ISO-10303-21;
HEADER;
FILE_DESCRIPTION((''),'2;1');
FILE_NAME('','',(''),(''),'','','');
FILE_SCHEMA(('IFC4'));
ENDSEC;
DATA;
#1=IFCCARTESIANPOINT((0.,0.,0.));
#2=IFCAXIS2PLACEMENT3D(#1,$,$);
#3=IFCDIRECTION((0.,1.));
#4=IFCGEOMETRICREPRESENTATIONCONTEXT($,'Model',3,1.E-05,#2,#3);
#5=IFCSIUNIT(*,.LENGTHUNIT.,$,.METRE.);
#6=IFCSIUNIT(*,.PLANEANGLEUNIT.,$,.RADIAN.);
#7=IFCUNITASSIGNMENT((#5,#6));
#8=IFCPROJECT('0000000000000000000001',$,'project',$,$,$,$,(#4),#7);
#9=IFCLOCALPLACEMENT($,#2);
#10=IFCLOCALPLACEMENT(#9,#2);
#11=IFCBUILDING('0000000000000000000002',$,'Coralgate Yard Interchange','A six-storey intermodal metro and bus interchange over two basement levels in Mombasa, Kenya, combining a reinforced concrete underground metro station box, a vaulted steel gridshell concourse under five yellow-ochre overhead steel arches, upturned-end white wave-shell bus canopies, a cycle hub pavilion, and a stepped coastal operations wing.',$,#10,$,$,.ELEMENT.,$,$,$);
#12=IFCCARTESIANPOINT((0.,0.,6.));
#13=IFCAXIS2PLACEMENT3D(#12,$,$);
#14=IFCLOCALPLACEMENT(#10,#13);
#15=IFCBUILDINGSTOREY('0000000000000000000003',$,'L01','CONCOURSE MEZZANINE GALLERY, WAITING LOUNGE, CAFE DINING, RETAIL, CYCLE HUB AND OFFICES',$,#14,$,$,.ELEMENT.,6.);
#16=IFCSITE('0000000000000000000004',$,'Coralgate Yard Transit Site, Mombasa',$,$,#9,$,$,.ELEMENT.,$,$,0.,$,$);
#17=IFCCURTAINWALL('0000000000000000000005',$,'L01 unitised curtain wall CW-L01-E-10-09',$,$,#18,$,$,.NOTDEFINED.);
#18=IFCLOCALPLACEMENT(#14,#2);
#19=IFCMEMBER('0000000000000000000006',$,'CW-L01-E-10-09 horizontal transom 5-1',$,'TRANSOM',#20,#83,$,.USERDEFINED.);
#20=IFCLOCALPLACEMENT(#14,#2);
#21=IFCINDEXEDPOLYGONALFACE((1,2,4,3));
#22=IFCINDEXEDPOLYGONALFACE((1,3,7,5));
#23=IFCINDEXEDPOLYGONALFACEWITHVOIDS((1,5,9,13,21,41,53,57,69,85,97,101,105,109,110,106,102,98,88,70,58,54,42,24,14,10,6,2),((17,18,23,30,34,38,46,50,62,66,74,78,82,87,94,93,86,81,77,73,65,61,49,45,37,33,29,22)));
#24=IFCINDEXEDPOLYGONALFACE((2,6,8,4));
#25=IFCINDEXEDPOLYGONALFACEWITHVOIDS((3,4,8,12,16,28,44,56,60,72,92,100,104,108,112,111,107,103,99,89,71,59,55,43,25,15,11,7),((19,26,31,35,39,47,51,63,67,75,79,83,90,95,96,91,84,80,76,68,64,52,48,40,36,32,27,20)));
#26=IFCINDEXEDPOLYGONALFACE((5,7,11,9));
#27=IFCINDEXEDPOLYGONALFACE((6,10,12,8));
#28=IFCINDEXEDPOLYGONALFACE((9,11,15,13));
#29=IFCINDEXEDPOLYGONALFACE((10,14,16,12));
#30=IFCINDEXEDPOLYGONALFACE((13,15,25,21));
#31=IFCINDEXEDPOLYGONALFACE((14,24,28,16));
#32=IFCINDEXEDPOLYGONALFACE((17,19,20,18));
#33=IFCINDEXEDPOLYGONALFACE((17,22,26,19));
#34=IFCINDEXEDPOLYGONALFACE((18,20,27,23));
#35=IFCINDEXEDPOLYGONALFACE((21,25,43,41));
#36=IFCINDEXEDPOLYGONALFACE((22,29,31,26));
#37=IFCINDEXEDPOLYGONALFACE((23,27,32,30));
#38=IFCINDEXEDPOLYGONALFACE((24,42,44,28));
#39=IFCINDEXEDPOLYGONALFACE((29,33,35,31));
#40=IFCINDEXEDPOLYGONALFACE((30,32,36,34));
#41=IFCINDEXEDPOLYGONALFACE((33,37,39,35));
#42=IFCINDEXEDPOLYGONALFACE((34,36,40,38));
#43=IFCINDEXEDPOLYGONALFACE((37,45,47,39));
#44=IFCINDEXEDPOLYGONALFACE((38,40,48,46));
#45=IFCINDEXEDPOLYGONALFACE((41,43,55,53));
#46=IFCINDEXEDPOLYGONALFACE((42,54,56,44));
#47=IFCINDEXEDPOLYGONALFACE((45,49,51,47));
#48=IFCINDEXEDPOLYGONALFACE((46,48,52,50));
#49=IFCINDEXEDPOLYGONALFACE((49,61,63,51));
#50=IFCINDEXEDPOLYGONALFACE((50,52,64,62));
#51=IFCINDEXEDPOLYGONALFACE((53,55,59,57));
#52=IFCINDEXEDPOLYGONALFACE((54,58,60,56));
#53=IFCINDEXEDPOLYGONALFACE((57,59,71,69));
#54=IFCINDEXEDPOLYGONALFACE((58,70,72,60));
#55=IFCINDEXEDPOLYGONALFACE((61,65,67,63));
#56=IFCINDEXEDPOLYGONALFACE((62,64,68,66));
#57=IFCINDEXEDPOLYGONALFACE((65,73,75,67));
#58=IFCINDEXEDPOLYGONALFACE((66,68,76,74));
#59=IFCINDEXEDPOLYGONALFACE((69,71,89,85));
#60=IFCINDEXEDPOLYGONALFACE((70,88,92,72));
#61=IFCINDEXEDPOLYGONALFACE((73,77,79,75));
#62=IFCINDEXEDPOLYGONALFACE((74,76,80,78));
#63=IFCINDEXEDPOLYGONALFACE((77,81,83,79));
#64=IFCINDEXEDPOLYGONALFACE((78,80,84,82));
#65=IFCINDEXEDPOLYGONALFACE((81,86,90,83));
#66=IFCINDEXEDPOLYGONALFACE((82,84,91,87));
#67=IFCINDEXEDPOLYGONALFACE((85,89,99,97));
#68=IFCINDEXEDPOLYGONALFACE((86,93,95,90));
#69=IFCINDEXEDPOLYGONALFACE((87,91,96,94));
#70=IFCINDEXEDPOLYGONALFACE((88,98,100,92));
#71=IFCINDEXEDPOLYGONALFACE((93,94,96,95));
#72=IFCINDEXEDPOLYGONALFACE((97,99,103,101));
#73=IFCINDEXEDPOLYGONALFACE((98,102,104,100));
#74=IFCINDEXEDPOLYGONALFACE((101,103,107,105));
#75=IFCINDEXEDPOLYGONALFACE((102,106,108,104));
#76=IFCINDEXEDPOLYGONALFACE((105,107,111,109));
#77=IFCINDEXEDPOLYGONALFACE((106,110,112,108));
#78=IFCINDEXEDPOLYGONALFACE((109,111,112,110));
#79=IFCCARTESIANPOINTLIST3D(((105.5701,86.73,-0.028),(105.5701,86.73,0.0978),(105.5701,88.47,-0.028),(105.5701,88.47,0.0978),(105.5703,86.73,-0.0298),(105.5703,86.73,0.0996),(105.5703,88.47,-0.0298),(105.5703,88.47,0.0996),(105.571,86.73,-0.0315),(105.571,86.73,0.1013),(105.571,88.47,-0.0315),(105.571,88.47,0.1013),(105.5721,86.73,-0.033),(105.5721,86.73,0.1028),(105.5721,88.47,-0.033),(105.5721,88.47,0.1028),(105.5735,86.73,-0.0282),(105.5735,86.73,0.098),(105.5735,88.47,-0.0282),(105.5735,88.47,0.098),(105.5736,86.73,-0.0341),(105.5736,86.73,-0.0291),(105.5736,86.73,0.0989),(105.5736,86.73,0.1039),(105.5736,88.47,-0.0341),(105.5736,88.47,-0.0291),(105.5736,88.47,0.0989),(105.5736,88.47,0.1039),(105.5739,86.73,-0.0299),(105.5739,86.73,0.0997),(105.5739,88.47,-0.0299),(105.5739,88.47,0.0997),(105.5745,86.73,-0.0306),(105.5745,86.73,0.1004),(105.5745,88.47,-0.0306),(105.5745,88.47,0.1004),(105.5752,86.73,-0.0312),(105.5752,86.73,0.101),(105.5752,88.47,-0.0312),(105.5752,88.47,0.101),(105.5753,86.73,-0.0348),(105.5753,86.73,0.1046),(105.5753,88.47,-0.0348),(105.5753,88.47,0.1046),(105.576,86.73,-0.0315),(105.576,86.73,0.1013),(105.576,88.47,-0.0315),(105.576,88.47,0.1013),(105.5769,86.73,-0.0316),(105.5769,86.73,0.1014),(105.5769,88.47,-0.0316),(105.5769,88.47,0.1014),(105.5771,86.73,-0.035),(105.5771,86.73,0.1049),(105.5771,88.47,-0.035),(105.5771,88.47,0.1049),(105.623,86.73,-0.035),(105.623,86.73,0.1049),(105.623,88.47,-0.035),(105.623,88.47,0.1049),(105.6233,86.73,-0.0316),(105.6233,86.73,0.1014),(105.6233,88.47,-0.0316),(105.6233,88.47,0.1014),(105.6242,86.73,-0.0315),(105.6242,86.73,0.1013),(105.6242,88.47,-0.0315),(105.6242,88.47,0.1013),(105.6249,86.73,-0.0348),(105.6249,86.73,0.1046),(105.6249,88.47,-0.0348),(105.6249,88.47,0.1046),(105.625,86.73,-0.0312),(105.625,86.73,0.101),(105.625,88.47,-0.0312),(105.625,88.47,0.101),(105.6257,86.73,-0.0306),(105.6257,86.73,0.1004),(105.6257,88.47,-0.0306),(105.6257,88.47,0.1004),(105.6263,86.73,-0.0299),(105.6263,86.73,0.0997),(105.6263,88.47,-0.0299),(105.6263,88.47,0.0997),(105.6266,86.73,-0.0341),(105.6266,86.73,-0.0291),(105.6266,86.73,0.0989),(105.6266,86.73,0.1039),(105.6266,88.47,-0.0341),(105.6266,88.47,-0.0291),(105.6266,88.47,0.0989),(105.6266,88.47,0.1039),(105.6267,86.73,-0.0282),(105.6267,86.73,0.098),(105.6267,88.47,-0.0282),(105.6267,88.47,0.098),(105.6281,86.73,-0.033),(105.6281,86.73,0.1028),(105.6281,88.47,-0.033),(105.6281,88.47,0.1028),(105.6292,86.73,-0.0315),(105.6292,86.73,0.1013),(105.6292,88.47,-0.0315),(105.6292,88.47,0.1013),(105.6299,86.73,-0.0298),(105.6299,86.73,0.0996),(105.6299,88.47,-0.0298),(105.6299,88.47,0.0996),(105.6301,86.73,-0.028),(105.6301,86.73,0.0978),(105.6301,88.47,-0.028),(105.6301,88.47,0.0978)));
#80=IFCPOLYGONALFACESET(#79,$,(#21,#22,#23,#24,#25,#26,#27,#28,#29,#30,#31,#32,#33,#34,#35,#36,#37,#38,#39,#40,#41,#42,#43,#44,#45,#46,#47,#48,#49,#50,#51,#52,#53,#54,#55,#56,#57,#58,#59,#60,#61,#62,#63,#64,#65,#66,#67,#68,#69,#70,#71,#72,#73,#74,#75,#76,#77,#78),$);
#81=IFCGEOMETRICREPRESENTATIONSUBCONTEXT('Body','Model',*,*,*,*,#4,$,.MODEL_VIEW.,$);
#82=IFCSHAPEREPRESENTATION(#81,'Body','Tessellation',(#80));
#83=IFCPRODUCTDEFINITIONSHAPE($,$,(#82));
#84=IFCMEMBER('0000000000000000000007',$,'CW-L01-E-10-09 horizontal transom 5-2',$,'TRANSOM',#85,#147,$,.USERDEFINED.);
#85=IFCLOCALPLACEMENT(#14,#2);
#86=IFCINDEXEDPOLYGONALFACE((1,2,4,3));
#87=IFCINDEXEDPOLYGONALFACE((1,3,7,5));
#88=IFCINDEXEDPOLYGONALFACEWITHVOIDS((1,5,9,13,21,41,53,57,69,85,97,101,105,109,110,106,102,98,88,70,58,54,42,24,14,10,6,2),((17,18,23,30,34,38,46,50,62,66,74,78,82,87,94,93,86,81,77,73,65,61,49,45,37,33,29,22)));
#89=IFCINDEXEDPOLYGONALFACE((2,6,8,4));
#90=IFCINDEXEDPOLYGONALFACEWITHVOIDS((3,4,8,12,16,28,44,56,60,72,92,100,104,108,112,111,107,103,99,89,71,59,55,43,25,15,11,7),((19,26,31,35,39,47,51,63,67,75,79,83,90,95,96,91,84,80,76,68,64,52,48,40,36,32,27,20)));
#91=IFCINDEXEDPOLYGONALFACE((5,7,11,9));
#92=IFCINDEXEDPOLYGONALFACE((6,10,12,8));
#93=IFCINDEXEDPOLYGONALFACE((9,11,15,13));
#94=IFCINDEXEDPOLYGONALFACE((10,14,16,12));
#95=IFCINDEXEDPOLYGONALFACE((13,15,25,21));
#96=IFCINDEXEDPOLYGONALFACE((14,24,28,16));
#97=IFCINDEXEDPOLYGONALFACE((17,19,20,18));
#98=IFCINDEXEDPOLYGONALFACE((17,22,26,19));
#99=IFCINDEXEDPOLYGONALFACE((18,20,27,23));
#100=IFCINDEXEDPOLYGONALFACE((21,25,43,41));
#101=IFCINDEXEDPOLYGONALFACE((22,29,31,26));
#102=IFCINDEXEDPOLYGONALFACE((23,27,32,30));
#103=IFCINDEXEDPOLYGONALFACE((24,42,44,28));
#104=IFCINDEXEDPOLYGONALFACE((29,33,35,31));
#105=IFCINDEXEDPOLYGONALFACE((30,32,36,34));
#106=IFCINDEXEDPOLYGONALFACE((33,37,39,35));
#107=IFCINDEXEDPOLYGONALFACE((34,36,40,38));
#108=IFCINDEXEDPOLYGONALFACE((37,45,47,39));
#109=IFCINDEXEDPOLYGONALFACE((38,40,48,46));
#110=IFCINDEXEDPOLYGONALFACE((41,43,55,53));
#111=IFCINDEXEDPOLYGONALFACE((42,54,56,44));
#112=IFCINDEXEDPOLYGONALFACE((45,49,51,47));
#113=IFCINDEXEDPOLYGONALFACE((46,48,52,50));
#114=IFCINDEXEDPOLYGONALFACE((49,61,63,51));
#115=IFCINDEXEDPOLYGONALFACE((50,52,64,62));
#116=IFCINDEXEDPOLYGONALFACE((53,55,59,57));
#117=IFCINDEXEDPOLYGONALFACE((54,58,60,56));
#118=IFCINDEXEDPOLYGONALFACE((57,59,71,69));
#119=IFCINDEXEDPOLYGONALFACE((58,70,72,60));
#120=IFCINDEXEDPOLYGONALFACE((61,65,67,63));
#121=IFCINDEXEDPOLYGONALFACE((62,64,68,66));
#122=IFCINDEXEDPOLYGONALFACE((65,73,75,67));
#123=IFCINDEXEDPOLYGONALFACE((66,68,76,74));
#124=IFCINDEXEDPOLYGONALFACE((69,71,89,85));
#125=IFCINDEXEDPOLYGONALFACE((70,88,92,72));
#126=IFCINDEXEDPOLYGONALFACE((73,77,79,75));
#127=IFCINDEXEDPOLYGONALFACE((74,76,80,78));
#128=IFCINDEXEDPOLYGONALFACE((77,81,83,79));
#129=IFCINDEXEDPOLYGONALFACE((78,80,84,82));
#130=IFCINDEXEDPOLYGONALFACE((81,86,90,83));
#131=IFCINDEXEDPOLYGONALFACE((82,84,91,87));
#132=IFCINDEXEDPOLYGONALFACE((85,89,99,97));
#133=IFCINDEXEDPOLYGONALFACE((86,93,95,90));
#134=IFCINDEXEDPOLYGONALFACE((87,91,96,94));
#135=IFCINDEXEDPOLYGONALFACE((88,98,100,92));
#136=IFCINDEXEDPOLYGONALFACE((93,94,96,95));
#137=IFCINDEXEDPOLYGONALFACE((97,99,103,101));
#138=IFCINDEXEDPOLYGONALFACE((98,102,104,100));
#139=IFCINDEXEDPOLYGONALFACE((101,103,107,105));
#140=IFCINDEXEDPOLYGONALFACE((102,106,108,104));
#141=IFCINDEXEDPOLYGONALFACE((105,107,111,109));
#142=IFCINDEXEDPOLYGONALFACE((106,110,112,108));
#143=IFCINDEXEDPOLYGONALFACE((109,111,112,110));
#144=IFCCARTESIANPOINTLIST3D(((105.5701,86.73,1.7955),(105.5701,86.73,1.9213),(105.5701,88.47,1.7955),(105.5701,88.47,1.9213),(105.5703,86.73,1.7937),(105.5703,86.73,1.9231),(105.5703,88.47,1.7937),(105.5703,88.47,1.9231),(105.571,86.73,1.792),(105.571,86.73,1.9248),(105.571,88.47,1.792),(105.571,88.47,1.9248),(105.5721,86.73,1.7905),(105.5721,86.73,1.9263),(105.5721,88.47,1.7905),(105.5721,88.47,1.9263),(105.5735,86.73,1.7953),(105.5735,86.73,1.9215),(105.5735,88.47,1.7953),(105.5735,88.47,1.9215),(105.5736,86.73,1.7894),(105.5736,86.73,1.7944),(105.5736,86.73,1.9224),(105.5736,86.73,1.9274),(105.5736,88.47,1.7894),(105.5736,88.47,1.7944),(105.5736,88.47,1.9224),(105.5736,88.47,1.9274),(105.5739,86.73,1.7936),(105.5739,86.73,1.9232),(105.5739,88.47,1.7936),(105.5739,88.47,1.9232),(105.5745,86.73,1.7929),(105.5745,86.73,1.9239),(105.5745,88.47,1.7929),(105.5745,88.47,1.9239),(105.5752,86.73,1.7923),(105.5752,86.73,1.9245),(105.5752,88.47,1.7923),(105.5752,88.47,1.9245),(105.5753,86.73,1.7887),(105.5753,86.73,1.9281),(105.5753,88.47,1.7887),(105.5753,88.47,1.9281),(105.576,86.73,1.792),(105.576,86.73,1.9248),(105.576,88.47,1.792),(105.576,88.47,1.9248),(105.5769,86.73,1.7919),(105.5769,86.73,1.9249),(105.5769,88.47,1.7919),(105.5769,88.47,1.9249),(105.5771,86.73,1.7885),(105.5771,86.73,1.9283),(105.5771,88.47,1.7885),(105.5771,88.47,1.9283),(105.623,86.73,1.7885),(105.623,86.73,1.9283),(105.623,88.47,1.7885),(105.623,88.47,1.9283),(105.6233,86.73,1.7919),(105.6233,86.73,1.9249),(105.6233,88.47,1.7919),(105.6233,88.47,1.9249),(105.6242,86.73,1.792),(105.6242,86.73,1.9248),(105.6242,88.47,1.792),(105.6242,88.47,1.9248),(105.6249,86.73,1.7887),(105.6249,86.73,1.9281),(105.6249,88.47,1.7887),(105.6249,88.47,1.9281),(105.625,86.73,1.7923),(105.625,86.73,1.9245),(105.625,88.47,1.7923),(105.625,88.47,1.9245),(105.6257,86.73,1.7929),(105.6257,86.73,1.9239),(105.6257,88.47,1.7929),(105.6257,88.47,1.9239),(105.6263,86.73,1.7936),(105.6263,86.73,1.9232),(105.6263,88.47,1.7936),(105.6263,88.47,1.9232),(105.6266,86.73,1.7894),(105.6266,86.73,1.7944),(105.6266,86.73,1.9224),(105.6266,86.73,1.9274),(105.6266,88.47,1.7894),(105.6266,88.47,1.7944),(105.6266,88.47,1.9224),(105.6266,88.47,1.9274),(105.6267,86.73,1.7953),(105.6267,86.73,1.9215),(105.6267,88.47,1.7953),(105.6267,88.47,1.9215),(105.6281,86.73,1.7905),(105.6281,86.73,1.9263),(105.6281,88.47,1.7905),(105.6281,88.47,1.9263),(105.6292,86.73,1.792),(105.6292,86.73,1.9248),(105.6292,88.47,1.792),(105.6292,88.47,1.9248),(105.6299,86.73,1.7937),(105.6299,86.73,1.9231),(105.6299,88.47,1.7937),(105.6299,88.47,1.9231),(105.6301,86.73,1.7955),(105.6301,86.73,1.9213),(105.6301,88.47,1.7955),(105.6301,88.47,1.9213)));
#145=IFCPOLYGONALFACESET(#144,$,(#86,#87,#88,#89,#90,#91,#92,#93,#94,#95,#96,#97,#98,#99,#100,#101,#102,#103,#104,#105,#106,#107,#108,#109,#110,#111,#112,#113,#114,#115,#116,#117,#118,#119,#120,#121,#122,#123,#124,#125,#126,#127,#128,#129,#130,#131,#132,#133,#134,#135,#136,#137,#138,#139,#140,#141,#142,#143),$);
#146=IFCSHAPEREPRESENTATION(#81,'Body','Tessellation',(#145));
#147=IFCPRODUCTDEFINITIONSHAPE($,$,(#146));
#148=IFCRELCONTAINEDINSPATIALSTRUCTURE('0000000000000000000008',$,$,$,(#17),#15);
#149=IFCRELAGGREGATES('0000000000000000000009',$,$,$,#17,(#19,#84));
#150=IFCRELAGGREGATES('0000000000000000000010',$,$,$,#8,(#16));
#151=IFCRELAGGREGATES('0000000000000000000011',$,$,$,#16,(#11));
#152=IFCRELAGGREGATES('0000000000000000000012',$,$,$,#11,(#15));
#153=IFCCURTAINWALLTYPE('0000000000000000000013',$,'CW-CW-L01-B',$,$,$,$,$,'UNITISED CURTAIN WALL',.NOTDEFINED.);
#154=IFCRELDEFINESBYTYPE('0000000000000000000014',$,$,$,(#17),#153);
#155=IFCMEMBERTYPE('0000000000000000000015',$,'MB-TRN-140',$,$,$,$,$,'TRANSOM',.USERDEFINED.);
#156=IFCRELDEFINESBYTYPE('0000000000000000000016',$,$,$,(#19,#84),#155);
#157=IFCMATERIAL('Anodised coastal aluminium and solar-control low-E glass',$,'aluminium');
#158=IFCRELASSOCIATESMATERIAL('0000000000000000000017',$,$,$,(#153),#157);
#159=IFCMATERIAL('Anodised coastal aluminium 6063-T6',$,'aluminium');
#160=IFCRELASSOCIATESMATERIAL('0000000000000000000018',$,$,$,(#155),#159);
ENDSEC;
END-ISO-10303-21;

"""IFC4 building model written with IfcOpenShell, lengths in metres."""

from ifc_helpers import new_model, si_unit, direction, frame, origin, origin_2d, place, context, subcontext, project, spatial, hollow_rectangle, extrude, material, material_profile, profile_set, type_object, element, aggregate, save


model = new_model("IFC4")

# Units and contexts
model_context = context("Model", 3, precision=1e-05, world=origin(), true_north=direction((0.0, 1.0)))
body_context = subcontext(model_context, "Body", "Model", "MODEL_VIEW")
ifc_project = project(units=[si_unit("LENGTHUNIT", "METRE"), si_unit("PLANEANGLEUNIT", "RADIAN")], contexts=[model_context])

# Site, building, storey
site_placement = place(None, origin())
site = spatial("IfcSite", under=ifc_project, at=site_placement, Name="Coralgate Yard Transit Site, Mombasa", CompositionType="ELEMENT", RefElevation=0.0)
building_placement = place(site_placement, origin())
building = spatial("IfcBuilding", under=site, at=building_placement, Name="Coralgate Yard Interchange", Description="A six-storey intermodal metro and bus interchange over two basement levels in Mombasa, Kenya, combining a reinforced concrete underground metro station box, a vaulted steel gridshell concourse under five yellow-ochre overhead steel arches, upturned-end white wave-shell bus canopies, a cycle hub pavilion, and a stepped coastal operations wing.", CompositionType="ELEMENT")
storey_placement = place(building_placement, frame((0.0, 0.0, 6.0)))
storey = spatial("IfcBuildingStorey", under=building, at=storey_placement, Name="L01", Description="CONCOURSE MEZZANINE GALLERY, WAITING LOUNGE, CAFE DINING, RETAIL, CYCLE HUB AND OFFICES", CompositionType="ELEMENT", Elevation=6.0)

# Curtain wall, members
ifc_material_1 = material(Name="Anodised coastal aluminium and solar-control low-E glass", Category="aluminium")
curtain_wall_type = type_object("IfcCurtainWallType", Name="CW-CW-L01-B", ElementType="UNITISED CURTAIN WALL", PredefinedType="NOTDEFINED", material=ifc_material_1)
curtain_wall_placement = place(storey_placement, origin())
curtain_wall = element("IfcCurtainWall", 1, at=curtain_wall_placement, inside=storey, type_object=curtain_wall_type, Name="L01 unitised curtain wall CW-L01-E-10-09", PredefinedType="NOTDEFINED")
ifc_material_2 = material(Name="Anodised coastal aluminium 6063-T6", Category="aluminium")
ifc_material_profile_1 = material_profile(ifc_material_2, hollow_rectangle(XDim=0.0601, YDim=0.1399, WallThickness=0.0034, InnerFilletRadius=0.0034, OuterFilletRadius=0.0071, at=origin_2d()), Name="ALU 60x140x3.5")
ifc_profile_set_1 = profile_set([ifc_material_profile_1], Name="Anodised coastal aluminium 6063-T6")
member_type_1 = type_object("IfcMemberType", Name="MB-TRN-140", ElementType="TRANSOM", PredefinedType="USERDEFINED", material=ifc_profile_set_1)
member_1_placement = place(storey_placement, frame((105.6001, 88.47, 0.0349), z_axis=(0.0, -1.0, 0.0), x_axis=(1.0, 0.0, 0.0)))
member_1 = element("IfcMember", 2, at=member_1_placement, type_object=member_type_1, Name="CW-L01-E-10-09 horizontal transom 5-1", ObjectType="TRANSOM", PredefinedType="USERDEFINED", context=body_context, shape_type="SweptSolid", body=[
    extrude(hollow_rectangle(XDim=0.0601, YDim=0.1399, WallThickness=0.0034, InnerFilletRadius=0.0034, OuterFilletRadius=0.0071, at=origin_2d()), origin(), (0.0, 0.0, 1.0), 1.74),
])
member_2_placement = place(storey_placement, frame((105.6001, 88.47, 1.8584), z_axis=(0.0, -1.0, 0.0), x_axis=(1.0, 0.0, 0.0)))
member_2 = element("IfcMember", 3, at=member_2_placement, type_object=member_type_1, Name="CW-L01-E-10-09 horizontal transom 5-2", ObjectType="TRANSOM", PredefinedType="USERDEFINED", context=body_context, shape_type="SweptSolid", body=[
    extrude(hollow_rectangle(XDim=0.0601, YDim=0.1399, WallThickness=0.0034, InnerFilletRadius=0.0034, OuterFilletRadius=0.0071, at=origin_2d()), origin(), (0.0, 0.0, 1.0), 1.74),
])
aggregate(curtain_wall, [member_1, member_2])

save(model, "model.ifc")
